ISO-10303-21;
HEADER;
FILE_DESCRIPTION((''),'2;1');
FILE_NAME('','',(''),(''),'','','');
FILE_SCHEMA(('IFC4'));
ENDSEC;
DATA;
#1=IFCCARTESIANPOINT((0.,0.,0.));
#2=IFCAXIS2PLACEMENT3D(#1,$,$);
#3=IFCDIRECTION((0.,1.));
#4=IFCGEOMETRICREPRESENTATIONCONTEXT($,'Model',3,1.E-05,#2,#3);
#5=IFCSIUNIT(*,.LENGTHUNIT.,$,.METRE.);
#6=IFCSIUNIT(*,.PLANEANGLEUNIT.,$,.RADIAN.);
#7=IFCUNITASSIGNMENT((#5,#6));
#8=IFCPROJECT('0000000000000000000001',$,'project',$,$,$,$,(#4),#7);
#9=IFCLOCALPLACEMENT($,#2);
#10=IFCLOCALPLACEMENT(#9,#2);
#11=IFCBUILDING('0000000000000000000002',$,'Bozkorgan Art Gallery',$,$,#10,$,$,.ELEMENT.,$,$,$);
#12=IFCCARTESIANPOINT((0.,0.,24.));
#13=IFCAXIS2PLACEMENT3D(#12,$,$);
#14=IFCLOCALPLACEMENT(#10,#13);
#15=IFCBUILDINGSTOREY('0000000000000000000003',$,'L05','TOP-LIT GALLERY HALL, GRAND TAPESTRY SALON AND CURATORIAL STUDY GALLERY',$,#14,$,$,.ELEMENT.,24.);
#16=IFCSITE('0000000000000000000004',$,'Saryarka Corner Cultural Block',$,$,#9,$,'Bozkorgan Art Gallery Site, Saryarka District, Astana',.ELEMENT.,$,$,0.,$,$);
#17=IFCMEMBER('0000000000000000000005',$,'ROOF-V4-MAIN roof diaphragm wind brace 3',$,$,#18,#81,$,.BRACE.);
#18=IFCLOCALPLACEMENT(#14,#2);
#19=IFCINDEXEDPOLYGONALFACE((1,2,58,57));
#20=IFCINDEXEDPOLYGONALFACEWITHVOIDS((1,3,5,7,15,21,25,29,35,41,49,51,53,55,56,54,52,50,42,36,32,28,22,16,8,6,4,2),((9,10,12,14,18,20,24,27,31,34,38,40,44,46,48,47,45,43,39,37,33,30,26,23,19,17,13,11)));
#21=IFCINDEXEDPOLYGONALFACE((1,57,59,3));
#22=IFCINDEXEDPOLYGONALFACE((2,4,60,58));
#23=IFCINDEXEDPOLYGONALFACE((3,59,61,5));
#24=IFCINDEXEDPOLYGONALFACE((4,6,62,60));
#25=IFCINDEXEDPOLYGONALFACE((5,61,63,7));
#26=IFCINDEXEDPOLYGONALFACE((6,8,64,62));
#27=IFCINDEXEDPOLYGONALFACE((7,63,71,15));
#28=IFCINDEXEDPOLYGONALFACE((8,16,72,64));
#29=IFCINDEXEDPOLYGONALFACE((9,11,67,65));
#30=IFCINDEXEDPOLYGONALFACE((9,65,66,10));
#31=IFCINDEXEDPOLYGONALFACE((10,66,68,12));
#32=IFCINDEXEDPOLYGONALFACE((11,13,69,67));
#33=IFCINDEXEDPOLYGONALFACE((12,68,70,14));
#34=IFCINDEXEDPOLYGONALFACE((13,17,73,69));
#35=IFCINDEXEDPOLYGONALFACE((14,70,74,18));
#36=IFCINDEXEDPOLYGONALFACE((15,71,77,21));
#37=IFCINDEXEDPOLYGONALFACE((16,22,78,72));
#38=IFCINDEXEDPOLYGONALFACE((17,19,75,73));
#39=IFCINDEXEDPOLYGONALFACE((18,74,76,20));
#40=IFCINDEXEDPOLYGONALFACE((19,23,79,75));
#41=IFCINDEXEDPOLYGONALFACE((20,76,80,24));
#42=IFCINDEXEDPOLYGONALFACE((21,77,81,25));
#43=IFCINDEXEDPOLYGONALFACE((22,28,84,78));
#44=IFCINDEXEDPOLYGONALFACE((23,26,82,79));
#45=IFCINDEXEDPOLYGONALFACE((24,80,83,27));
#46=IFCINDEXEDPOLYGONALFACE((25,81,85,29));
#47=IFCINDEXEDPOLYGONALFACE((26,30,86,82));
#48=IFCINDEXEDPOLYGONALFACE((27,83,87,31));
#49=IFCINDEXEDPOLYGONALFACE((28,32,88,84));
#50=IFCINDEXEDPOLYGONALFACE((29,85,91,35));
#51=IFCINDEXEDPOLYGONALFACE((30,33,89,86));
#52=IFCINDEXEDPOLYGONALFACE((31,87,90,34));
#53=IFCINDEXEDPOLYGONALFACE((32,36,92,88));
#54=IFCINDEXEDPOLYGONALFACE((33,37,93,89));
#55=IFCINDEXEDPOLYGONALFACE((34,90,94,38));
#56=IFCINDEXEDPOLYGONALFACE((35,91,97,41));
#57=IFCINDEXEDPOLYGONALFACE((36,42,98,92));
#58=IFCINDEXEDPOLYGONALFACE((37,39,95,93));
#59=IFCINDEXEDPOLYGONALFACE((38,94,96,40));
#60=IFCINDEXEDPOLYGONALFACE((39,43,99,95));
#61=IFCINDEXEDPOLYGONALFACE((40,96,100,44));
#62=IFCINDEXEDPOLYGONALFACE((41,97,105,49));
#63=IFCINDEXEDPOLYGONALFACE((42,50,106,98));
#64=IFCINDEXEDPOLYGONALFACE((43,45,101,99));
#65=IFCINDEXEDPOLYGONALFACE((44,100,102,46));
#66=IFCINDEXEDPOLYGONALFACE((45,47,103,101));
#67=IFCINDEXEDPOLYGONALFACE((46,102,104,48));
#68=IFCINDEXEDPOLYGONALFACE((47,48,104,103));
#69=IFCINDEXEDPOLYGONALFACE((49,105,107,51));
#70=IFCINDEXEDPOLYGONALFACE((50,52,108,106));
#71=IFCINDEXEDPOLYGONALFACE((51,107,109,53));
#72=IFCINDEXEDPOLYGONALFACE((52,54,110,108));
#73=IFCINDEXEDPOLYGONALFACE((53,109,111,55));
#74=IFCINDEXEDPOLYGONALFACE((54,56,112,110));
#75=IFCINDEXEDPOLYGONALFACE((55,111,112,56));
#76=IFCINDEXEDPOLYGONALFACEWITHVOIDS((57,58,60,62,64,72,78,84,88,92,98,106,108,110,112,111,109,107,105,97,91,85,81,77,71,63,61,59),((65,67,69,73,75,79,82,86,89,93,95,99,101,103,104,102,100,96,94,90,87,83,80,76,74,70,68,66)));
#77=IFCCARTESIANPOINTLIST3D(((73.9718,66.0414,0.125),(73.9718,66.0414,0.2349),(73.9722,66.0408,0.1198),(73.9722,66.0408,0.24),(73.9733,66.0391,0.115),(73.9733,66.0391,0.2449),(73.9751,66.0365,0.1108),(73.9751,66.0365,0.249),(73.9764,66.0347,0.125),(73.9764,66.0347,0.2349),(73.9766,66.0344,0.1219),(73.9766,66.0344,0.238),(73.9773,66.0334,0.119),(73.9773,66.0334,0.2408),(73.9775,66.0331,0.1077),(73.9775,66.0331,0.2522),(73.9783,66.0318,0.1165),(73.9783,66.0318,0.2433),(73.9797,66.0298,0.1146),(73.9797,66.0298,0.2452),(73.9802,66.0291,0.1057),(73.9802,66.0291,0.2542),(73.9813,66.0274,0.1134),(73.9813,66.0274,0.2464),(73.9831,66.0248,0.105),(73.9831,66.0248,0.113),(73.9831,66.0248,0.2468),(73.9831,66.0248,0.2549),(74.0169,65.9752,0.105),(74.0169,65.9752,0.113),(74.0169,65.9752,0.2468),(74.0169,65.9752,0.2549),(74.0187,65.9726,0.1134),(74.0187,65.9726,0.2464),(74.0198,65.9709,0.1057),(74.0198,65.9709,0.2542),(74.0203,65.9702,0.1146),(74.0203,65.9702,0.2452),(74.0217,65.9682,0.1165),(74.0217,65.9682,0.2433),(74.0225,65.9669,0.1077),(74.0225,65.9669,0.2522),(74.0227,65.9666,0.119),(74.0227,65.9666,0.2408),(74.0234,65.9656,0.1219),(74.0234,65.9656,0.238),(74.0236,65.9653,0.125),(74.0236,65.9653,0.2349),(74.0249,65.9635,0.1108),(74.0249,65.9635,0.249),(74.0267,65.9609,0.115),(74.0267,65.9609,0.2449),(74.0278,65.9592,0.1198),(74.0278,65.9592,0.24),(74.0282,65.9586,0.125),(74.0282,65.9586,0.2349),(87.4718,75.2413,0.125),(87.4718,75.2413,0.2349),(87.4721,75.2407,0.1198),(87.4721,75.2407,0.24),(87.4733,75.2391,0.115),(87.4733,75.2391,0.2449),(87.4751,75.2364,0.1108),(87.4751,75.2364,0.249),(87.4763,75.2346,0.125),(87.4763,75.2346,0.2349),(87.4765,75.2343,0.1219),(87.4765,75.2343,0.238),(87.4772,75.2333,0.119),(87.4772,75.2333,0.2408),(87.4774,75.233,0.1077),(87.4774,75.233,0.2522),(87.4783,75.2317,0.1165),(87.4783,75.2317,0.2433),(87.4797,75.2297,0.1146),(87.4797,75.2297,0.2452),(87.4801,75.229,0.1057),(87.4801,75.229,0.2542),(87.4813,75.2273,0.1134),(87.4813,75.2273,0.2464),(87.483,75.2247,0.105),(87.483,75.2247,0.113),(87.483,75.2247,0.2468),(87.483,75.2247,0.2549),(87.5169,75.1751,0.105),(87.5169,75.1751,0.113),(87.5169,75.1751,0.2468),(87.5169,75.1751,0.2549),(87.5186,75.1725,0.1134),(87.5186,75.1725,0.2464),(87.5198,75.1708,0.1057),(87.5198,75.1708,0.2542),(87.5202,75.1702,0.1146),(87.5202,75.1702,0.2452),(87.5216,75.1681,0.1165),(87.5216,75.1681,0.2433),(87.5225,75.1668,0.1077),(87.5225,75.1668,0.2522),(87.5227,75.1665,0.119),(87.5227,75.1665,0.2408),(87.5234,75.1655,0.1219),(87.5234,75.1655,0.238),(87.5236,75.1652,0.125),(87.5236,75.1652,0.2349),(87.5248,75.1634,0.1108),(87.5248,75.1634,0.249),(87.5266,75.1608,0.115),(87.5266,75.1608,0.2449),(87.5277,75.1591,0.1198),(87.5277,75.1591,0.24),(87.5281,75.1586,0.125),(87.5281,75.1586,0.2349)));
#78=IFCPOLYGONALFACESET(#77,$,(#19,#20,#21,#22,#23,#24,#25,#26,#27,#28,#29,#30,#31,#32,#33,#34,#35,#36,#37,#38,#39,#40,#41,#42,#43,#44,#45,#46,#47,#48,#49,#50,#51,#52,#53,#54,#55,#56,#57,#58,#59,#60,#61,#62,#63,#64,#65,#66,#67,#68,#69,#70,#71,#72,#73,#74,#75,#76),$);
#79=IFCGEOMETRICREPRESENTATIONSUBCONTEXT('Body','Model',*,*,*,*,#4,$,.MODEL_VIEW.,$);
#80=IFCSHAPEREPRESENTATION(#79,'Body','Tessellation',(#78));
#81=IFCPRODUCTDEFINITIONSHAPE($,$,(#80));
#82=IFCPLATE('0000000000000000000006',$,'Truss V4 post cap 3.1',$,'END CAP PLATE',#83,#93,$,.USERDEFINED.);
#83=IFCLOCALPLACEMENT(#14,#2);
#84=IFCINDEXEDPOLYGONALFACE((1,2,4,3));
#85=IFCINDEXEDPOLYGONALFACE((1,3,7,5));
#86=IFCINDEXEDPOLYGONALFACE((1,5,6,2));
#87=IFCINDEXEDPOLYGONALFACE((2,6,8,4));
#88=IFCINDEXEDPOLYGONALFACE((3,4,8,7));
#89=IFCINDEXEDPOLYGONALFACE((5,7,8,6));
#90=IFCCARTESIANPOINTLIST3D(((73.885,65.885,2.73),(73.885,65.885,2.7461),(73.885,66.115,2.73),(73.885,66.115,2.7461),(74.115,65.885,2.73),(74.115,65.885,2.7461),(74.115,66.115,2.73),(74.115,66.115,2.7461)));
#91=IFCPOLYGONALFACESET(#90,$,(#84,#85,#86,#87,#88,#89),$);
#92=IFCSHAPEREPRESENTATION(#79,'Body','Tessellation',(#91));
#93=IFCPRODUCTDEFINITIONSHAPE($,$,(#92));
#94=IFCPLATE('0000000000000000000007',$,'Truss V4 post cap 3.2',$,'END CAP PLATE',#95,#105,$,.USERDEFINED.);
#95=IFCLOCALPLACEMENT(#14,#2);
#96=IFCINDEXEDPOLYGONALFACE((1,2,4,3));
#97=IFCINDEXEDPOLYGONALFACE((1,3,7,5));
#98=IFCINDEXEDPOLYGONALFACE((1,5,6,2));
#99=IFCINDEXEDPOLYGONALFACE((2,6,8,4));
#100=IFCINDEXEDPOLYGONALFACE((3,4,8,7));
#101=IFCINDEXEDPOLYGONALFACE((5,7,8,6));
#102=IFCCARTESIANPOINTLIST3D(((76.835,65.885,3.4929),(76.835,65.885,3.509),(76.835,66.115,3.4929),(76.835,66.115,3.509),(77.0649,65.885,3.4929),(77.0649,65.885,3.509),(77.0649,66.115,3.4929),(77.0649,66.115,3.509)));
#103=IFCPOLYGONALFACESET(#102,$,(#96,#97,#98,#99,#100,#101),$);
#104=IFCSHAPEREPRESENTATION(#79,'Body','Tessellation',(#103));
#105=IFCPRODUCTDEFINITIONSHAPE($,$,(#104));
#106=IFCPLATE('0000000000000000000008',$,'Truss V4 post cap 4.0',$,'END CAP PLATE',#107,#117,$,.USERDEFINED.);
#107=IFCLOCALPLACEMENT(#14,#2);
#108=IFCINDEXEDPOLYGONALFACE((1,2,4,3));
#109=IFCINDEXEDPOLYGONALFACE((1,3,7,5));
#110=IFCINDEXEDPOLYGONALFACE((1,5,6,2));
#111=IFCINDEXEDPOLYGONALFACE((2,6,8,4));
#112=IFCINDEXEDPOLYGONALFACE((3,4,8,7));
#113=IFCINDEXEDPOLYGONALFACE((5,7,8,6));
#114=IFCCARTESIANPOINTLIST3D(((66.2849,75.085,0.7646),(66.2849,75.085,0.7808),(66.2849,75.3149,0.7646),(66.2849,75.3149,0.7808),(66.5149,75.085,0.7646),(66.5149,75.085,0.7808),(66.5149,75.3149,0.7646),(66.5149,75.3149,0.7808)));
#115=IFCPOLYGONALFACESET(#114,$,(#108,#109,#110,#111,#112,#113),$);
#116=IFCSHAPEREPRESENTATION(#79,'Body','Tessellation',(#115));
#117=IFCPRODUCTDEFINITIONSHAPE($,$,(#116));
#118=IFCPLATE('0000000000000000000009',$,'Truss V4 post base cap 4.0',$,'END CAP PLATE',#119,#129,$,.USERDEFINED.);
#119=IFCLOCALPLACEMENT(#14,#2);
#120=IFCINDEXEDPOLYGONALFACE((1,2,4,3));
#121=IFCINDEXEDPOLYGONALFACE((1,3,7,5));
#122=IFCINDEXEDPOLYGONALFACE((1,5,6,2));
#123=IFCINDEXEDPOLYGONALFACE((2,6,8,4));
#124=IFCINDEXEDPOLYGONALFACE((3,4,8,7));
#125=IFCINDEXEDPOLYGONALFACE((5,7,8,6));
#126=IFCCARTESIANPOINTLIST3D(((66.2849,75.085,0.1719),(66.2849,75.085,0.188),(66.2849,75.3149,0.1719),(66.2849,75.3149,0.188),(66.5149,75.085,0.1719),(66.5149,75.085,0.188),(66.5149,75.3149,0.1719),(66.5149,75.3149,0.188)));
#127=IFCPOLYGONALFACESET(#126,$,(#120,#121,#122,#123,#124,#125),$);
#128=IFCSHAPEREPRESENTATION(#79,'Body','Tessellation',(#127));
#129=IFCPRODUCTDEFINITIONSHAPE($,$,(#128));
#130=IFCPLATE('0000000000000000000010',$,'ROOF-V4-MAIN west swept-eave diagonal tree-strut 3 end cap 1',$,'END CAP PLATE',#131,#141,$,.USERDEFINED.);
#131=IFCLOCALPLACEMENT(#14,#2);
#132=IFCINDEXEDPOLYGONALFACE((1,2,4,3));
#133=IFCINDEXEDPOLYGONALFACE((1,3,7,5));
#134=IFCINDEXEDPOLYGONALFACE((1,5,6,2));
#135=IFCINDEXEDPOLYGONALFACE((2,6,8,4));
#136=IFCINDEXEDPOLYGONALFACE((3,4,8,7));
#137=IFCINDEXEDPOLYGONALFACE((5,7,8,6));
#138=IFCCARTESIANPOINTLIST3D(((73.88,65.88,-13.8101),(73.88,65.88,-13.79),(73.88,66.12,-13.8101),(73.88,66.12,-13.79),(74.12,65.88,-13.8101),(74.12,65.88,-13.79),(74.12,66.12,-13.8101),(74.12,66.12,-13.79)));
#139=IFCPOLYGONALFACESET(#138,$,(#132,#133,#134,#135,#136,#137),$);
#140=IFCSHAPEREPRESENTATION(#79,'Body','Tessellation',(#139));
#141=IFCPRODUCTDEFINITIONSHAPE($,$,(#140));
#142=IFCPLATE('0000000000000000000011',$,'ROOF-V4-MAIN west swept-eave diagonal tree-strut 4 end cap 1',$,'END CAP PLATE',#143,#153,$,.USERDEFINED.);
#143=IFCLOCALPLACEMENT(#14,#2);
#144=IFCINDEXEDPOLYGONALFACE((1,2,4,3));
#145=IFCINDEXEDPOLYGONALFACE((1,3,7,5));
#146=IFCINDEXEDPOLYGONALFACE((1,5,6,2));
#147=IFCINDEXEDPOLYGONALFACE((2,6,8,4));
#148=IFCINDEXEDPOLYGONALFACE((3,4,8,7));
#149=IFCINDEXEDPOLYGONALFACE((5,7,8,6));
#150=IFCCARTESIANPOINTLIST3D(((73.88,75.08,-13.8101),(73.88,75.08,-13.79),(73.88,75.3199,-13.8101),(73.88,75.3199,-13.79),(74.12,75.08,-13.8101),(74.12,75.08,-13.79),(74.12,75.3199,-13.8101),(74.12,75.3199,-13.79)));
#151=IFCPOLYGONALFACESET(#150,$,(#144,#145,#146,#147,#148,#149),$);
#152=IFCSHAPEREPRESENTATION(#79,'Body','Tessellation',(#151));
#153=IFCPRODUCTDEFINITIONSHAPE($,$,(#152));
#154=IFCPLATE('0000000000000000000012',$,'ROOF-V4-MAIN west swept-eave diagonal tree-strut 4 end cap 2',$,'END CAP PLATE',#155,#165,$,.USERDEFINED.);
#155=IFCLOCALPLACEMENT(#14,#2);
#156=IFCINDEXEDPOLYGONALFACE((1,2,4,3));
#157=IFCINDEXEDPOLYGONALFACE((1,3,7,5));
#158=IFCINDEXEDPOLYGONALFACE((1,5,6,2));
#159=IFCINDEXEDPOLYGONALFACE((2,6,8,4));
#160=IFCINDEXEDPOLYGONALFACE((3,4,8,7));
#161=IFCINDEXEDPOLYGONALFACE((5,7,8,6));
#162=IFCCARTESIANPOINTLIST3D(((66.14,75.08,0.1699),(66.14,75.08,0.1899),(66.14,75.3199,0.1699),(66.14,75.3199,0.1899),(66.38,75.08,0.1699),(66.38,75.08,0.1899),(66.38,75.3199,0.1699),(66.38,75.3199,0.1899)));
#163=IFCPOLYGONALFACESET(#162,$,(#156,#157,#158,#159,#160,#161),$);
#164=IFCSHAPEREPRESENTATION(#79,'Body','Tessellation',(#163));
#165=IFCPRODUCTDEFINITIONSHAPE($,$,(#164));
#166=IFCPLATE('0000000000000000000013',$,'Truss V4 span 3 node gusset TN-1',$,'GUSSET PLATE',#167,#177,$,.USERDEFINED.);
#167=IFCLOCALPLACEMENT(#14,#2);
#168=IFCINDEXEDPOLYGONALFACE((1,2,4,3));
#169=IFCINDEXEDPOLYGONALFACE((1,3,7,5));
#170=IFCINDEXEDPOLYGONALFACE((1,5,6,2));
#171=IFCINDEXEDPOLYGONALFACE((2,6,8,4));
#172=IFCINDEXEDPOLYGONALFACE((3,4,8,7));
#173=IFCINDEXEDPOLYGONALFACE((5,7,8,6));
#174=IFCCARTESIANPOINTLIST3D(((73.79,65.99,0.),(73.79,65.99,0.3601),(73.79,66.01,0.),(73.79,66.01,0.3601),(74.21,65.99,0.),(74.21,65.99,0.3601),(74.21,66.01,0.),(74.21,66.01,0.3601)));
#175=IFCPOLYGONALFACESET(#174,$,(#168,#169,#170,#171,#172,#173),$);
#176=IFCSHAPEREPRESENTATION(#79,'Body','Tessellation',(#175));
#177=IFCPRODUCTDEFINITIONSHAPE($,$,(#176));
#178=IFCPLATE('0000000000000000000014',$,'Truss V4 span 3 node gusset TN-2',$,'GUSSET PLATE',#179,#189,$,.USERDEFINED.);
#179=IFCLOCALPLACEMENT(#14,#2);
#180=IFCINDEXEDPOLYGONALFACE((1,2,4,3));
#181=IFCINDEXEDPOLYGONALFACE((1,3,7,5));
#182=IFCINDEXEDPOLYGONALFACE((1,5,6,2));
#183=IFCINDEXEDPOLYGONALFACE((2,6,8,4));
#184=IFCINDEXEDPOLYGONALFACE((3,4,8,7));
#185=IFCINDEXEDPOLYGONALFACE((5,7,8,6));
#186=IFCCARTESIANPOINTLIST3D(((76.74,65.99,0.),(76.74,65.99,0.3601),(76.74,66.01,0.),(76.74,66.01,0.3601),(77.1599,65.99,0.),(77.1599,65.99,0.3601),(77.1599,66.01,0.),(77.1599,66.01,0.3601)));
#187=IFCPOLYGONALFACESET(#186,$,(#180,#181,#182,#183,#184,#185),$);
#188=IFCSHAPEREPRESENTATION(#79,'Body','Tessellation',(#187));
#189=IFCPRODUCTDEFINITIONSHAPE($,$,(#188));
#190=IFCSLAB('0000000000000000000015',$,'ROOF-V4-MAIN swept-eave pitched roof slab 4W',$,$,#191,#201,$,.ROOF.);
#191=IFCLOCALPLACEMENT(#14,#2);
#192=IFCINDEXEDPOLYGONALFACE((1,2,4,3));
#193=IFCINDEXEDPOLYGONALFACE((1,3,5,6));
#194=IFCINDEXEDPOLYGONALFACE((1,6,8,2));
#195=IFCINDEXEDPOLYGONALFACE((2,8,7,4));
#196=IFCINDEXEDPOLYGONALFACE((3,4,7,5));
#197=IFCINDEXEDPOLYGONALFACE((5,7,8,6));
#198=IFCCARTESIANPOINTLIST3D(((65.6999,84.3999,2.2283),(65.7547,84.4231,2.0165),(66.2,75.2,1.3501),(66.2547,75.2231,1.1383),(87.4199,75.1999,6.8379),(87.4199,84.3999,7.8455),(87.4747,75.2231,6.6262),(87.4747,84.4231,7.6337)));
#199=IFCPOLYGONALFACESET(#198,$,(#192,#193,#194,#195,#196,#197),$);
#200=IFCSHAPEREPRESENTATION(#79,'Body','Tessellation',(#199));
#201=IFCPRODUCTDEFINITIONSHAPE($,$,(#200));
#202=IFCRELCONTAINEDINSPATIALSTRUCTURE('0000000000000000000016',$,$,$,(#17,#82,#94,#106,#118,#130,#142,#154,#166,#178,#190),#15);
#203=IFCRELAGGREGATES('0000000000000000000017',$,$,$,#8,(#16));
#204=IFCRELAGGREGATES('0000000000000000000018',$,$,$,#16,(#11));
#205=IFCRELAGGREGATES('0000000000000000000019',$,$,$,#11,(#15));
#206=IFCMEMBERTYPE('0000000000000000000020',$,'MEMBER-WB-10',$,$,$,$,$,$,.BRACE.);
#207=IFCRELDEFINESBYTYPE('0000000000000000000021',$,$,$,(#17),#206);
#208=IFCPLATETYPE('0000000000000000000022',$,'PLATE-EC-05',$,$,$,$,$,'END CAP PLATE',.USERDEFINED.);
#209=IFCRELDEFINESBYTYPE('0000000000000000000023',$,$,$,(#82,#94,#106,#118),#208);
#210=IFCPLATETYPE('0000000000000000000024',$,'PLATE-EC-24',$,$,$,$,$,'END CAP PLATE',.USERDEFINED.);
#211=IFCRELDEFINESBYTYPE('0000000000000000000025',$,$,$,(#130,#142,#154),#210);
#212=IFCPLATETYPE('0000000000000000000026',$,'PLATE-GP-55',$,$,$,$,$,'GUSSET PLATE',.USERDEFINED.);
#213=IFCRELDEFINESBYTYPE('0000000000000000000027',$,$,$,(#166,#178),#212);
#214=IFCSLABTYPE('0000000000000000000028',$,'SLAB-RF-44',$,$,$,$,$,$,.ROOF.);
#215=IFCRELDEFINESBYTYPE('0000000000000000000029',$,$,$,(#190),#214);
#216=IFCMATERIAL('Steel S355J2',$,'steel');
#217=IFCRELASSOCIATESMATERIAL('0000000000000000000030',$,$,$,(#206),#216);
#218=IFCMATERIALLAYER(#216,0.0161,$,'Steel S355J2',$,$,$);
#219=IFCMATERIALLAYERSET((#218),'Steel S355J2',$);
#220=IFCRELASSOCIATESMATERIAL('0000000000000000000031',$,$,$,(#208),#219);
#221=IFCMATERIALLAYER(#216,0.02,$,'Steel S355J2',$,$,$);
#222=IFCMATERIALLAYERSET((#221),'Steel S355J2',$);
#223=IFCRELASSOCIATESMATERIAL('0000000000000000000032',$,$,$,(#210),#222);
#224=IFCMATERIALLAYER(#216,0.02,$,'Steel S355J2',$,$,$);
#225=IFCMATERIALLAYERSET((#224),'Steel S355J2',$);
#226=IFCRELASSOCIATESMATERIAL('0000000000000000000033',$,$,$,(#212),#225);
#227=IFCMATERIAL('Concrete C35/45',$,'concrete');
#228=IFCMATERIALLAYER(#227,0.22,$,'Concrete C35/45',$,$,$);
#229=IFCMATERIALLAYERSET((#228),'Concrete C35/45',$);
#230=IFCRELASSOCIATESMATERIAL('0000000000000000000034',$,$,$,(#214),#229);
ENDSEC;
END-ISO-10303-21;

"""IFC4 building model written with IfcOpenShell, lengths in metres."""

from ifc_helpers import new_model, si_unit, direction, frame, origin, origin_2d, place, context, subcontext, project, spatial, polyline, rectangle, hollow_rectangle, outline, extrude, material, layer, layer_set, material_profile, profile_set, type_object, element, save


model = new_model("IFC4")

# Units and contexts
model_context = context("Model", 3, precision=1e-05, world=origin(), true_north=direction((0.0, 1.0)))
body_context = subcontext(model_context, "Body", "Model", "MODEL_VIEW")
ifc_project = project(units=[si_unit("LENGTHUNIT", "METRE"), si_unit("PLANEANGLEUNIT", "RADIAN")], contexts=[model_context])

# Site, building, storey
site_placement = place(None, origin())
site = spatial("IfcSite", under=ifc_project, at=site_placement, Name="Saryarka Corner Cultural Block", LongName="Bozkorgan Art Gallery Site, Saryarka District, Astana", CompositionType="ELEMENT", RefElevation=0.0)
building_placement = place(site_placement, origin())
building = spatial("IfcBuilding", under=site, at=building_placement, Name="Bozkorgan Art Gallery", CompositionType="ELEMENT")
storey_placement = place(building_placement, frame((0.0, 0.0, 24.0)))
storey = spatial("IfcBuildingStorey", under=building, at=storey_placement, Name="L05", Description="TOP-LIT GALLERY HALL, GRAND TAPESTRY SALON AND CURATORIAL STUDY GALLERY", CompositionType="ELEMENT", Elevation=24.0)

# Shared definitions
ifc_material_1 = material(Name="Steel S355J2", Category="steel")

# Member
ifc_material_profile_1 = material_profile(ifc_material_1, hollow_rectangle(XDim=0.1001, YDim=0.1499, WallThickness=0.0081, InnerFilletRadius=0.012, OuterFilletRadius=0.02, at=origin_2d()), Name="RHS 150x100x8")
ifc_profile_set_1 = profile_set([ifc_material_profile_1], Name="Steel S355J2")
member_type_1 = type_object("IfcMemberType", Name="MEMBER-WB-10", PredefinedType="BRACE", material=ifc_profile_set_1)
member_1_placement = place(storey_placement, frame((74.0, 66.0, 0.1799), z_axis=(0.826358, 0.563145, 0.0), x_axis=(-0.563145, 0.826358, 0.0)))
element("IfcMember", 1, at=member_1_placement, inside=storey, type_object=member_type_1, Name="ROOF-V4-MAIN roof diaphragm wind brace 3", PredefinedType="BRACE", context=body_context, shape_type="SweptSolid", body=[
    extrude(hollow_rectangle(XDim=0.1001, YDim=0.1499, WallThickness=0.0081, InnerFilletRadius=0.012, OuterFilletRadius=0.02, at=origin_2d()), origin(), (0.0, 0.0, 1.0), 16.3367),
])

# Plates
ifc_layer_1 = layer(ifc_material_1, 0.0161, Name="Steel S355J2")
ifc_layer_set_1 = layer_set([ifc_layer_1], Name="Steel S355J2")
plate_type_1 = type_object("IfcPlateType", Name="PLATE-EC-05", ElementType="END CAP PLATE", PredefinedType="USERDEFINED", material=ifc_layer_set_1)
for number, where, z_axis, x_axis, name in (
    (2, (74.0, 66.0, 2.73), (0.0, 0.0, 1.0), (1.0, 0.0, 0.0), "Truss V4 post cap 3.1"),
    (3, (76.95, 66.0, 3.4929), (0.0, 0.0, 1.0), (1.0, 0.0, 0.0), "Truss V4 post cap 3.2"),
    (4, (66.3999, 75.2, 0.7646), (0.0, 0.0, 1.0), (1.0, 0.0, 0.0), "Truss V4 post cap 4.0"),
    (5, (66.3999, 75.2, 0.1719), (0.0, 0.0, 1.0), (1.0, 0.0, 0.0), "Truss V4 post base cap 4.0"),
):
    element("IfcPlate", number, at=place(storey_placement, frame(where, z_axis=z_axis, x_axis=x_axis)), inside=storey, type_object=plate_type_1, Name=name, ObjectType="END CAP PLATE", PredefinedType="USERDEFINED", context=body_context, shape_type="SweptSolid", body=[
        extrude(rectangle(XDim=0.23, YDim=0.23, at=origin_2d()), origin(), (0.0, 0.0, 1.0), 0.0161),
    ])
ifc_layer_2 = layer(ifc_material_1, 0.02, Name="Steel S355J2")
ifc_layer_set_2 = layer_set([ifc_layer_2], Name="Steel S355J2")
plate_type_2 = type_object("IfcPlateType", Name="PLATE-EC-24", ElementType="END CAP PLATE", PredefinedType="USERDEFINED", material=ifc_layer_set_2)
for number, where, z_axis, x_axis, name in (
    (6, (74.0, 66.0, -13.8101), (0.0, 0.0, 1.0), (1.0, 0.0, 0.0), "ROOF-V4-MAIN west swept-eave diagonal tree-strut 3 end cap 1"),
    (7, (74.0, 75.2, -13.8101), (0.0, 0.0, 1.0), (1.0, 0.0, 0.0), "ROOF-V4-MAIN west swept-eave diagonal tree-strut 4 end cap 1"),
    (8, (66.26, 75.2, 0.1699), (0.0, 0.0, 1.0), (1.0, 0.0, 0.0), "ROOF-V4-MAIN west swept-eave diagonal tree-strut 4 end cap 2"),
):
    element("IfcPlate", number, at=place(storey_placement, frame(where, z_axis=z_axis, x_axis=x_axis)), inside=storey, type_object=plate_type_2, Name=name, ObjectType="END CAP PLATE", PredefinedType="USERDEFINED", context=body_context, shape_type="SweptSolid", body=[
        extrude(rectangle(XDim=0.24, YDim=0.24, at=origin_2d()), origin(), (0.0, 0.0, 1.0), 0.02),
    ])
ifc_layer_3 = layer(ifc_material_1, 0.02, Name="Steel S355J2")
ifc_layer_set_3 = layer_set([ifc_layer_3], Name="Steel S355J2")
plate_type_3 = type_object("IfcPlateType", Name="PLATE-GP-55", ElementType="GUSSET PLATE", PredefinedType="USERDEFINED", material=ifc_layer_set_3)
for number, where, z_axis, x_axis, name in (
    (9, (74.0, 66.0, 0.0), (0.0, 0.0, 1.0), (1.0, 0.0, 0.0), "Truss V4 span 3 node gusset TN-1"),
    (10, (76.95, 66.0, 0.0), (0.0, 0.0, 1.0), (1.0, 0.0, 0.0), "Truss V4 span 3 node gusset TN-2"),
):
    element("IfcPlate", number, at=place(storey_placement, frame(where, z_axis=z_axis, x_axis=x_axis)), inside=storey, type_object=plate_type_3, Name=name, ObjectType="GUSSET PLATE", PredefinedType="USERDEFINED", context=body_context, shape_type="SweptSolid", body=[
        extrude(rectangle(XDim=0.4199, YDim=0.02, at=origin_2d()), origin(), (0.0, 0.0, 1.0), 0.3601),
    ])

# Slab
ifc_material_2 = material(Name="Concrete C35/45", Category="concrete")
ifc_layer_4 = layer(ifc_material_2, 0.22, Name="Concrete C35/45")
ifc_layer_set_4 = layer_set([ifc_layer_4], Name="Concrete C35/45")
slab_type = type_object("IfcSlabType", Name="SLAB-RF-44", PredefinedType="ROOF", material=ifc_layer_set_4)
slab_placement = place(storey_placement, frame((66.2, 75.2, 1.3501), z_axis=(-0.248984, -0.105435, 0.962752), x_axis=(0.968148, 0.0, 0.250379)))
element("IfcSlab", 11, at=slab_placement, inside=storey, type_object=slab_type, Name="ROOF-V4-MAIN swept-eave pitched roof slab 4W", PredefinedType="ROOF", context=body_context, shape_type="SweptSolid", body=[
    extrude(outline(polyline([(0.0, 0.0), (21.9181, 0.0), (22.1704, 9.2515), (-0.2642, 9.2515), (0.0, 0.0)])), origin(), (0.0, 0.0, -1.0), 0.22),
])

save(model, "model.ifc")
